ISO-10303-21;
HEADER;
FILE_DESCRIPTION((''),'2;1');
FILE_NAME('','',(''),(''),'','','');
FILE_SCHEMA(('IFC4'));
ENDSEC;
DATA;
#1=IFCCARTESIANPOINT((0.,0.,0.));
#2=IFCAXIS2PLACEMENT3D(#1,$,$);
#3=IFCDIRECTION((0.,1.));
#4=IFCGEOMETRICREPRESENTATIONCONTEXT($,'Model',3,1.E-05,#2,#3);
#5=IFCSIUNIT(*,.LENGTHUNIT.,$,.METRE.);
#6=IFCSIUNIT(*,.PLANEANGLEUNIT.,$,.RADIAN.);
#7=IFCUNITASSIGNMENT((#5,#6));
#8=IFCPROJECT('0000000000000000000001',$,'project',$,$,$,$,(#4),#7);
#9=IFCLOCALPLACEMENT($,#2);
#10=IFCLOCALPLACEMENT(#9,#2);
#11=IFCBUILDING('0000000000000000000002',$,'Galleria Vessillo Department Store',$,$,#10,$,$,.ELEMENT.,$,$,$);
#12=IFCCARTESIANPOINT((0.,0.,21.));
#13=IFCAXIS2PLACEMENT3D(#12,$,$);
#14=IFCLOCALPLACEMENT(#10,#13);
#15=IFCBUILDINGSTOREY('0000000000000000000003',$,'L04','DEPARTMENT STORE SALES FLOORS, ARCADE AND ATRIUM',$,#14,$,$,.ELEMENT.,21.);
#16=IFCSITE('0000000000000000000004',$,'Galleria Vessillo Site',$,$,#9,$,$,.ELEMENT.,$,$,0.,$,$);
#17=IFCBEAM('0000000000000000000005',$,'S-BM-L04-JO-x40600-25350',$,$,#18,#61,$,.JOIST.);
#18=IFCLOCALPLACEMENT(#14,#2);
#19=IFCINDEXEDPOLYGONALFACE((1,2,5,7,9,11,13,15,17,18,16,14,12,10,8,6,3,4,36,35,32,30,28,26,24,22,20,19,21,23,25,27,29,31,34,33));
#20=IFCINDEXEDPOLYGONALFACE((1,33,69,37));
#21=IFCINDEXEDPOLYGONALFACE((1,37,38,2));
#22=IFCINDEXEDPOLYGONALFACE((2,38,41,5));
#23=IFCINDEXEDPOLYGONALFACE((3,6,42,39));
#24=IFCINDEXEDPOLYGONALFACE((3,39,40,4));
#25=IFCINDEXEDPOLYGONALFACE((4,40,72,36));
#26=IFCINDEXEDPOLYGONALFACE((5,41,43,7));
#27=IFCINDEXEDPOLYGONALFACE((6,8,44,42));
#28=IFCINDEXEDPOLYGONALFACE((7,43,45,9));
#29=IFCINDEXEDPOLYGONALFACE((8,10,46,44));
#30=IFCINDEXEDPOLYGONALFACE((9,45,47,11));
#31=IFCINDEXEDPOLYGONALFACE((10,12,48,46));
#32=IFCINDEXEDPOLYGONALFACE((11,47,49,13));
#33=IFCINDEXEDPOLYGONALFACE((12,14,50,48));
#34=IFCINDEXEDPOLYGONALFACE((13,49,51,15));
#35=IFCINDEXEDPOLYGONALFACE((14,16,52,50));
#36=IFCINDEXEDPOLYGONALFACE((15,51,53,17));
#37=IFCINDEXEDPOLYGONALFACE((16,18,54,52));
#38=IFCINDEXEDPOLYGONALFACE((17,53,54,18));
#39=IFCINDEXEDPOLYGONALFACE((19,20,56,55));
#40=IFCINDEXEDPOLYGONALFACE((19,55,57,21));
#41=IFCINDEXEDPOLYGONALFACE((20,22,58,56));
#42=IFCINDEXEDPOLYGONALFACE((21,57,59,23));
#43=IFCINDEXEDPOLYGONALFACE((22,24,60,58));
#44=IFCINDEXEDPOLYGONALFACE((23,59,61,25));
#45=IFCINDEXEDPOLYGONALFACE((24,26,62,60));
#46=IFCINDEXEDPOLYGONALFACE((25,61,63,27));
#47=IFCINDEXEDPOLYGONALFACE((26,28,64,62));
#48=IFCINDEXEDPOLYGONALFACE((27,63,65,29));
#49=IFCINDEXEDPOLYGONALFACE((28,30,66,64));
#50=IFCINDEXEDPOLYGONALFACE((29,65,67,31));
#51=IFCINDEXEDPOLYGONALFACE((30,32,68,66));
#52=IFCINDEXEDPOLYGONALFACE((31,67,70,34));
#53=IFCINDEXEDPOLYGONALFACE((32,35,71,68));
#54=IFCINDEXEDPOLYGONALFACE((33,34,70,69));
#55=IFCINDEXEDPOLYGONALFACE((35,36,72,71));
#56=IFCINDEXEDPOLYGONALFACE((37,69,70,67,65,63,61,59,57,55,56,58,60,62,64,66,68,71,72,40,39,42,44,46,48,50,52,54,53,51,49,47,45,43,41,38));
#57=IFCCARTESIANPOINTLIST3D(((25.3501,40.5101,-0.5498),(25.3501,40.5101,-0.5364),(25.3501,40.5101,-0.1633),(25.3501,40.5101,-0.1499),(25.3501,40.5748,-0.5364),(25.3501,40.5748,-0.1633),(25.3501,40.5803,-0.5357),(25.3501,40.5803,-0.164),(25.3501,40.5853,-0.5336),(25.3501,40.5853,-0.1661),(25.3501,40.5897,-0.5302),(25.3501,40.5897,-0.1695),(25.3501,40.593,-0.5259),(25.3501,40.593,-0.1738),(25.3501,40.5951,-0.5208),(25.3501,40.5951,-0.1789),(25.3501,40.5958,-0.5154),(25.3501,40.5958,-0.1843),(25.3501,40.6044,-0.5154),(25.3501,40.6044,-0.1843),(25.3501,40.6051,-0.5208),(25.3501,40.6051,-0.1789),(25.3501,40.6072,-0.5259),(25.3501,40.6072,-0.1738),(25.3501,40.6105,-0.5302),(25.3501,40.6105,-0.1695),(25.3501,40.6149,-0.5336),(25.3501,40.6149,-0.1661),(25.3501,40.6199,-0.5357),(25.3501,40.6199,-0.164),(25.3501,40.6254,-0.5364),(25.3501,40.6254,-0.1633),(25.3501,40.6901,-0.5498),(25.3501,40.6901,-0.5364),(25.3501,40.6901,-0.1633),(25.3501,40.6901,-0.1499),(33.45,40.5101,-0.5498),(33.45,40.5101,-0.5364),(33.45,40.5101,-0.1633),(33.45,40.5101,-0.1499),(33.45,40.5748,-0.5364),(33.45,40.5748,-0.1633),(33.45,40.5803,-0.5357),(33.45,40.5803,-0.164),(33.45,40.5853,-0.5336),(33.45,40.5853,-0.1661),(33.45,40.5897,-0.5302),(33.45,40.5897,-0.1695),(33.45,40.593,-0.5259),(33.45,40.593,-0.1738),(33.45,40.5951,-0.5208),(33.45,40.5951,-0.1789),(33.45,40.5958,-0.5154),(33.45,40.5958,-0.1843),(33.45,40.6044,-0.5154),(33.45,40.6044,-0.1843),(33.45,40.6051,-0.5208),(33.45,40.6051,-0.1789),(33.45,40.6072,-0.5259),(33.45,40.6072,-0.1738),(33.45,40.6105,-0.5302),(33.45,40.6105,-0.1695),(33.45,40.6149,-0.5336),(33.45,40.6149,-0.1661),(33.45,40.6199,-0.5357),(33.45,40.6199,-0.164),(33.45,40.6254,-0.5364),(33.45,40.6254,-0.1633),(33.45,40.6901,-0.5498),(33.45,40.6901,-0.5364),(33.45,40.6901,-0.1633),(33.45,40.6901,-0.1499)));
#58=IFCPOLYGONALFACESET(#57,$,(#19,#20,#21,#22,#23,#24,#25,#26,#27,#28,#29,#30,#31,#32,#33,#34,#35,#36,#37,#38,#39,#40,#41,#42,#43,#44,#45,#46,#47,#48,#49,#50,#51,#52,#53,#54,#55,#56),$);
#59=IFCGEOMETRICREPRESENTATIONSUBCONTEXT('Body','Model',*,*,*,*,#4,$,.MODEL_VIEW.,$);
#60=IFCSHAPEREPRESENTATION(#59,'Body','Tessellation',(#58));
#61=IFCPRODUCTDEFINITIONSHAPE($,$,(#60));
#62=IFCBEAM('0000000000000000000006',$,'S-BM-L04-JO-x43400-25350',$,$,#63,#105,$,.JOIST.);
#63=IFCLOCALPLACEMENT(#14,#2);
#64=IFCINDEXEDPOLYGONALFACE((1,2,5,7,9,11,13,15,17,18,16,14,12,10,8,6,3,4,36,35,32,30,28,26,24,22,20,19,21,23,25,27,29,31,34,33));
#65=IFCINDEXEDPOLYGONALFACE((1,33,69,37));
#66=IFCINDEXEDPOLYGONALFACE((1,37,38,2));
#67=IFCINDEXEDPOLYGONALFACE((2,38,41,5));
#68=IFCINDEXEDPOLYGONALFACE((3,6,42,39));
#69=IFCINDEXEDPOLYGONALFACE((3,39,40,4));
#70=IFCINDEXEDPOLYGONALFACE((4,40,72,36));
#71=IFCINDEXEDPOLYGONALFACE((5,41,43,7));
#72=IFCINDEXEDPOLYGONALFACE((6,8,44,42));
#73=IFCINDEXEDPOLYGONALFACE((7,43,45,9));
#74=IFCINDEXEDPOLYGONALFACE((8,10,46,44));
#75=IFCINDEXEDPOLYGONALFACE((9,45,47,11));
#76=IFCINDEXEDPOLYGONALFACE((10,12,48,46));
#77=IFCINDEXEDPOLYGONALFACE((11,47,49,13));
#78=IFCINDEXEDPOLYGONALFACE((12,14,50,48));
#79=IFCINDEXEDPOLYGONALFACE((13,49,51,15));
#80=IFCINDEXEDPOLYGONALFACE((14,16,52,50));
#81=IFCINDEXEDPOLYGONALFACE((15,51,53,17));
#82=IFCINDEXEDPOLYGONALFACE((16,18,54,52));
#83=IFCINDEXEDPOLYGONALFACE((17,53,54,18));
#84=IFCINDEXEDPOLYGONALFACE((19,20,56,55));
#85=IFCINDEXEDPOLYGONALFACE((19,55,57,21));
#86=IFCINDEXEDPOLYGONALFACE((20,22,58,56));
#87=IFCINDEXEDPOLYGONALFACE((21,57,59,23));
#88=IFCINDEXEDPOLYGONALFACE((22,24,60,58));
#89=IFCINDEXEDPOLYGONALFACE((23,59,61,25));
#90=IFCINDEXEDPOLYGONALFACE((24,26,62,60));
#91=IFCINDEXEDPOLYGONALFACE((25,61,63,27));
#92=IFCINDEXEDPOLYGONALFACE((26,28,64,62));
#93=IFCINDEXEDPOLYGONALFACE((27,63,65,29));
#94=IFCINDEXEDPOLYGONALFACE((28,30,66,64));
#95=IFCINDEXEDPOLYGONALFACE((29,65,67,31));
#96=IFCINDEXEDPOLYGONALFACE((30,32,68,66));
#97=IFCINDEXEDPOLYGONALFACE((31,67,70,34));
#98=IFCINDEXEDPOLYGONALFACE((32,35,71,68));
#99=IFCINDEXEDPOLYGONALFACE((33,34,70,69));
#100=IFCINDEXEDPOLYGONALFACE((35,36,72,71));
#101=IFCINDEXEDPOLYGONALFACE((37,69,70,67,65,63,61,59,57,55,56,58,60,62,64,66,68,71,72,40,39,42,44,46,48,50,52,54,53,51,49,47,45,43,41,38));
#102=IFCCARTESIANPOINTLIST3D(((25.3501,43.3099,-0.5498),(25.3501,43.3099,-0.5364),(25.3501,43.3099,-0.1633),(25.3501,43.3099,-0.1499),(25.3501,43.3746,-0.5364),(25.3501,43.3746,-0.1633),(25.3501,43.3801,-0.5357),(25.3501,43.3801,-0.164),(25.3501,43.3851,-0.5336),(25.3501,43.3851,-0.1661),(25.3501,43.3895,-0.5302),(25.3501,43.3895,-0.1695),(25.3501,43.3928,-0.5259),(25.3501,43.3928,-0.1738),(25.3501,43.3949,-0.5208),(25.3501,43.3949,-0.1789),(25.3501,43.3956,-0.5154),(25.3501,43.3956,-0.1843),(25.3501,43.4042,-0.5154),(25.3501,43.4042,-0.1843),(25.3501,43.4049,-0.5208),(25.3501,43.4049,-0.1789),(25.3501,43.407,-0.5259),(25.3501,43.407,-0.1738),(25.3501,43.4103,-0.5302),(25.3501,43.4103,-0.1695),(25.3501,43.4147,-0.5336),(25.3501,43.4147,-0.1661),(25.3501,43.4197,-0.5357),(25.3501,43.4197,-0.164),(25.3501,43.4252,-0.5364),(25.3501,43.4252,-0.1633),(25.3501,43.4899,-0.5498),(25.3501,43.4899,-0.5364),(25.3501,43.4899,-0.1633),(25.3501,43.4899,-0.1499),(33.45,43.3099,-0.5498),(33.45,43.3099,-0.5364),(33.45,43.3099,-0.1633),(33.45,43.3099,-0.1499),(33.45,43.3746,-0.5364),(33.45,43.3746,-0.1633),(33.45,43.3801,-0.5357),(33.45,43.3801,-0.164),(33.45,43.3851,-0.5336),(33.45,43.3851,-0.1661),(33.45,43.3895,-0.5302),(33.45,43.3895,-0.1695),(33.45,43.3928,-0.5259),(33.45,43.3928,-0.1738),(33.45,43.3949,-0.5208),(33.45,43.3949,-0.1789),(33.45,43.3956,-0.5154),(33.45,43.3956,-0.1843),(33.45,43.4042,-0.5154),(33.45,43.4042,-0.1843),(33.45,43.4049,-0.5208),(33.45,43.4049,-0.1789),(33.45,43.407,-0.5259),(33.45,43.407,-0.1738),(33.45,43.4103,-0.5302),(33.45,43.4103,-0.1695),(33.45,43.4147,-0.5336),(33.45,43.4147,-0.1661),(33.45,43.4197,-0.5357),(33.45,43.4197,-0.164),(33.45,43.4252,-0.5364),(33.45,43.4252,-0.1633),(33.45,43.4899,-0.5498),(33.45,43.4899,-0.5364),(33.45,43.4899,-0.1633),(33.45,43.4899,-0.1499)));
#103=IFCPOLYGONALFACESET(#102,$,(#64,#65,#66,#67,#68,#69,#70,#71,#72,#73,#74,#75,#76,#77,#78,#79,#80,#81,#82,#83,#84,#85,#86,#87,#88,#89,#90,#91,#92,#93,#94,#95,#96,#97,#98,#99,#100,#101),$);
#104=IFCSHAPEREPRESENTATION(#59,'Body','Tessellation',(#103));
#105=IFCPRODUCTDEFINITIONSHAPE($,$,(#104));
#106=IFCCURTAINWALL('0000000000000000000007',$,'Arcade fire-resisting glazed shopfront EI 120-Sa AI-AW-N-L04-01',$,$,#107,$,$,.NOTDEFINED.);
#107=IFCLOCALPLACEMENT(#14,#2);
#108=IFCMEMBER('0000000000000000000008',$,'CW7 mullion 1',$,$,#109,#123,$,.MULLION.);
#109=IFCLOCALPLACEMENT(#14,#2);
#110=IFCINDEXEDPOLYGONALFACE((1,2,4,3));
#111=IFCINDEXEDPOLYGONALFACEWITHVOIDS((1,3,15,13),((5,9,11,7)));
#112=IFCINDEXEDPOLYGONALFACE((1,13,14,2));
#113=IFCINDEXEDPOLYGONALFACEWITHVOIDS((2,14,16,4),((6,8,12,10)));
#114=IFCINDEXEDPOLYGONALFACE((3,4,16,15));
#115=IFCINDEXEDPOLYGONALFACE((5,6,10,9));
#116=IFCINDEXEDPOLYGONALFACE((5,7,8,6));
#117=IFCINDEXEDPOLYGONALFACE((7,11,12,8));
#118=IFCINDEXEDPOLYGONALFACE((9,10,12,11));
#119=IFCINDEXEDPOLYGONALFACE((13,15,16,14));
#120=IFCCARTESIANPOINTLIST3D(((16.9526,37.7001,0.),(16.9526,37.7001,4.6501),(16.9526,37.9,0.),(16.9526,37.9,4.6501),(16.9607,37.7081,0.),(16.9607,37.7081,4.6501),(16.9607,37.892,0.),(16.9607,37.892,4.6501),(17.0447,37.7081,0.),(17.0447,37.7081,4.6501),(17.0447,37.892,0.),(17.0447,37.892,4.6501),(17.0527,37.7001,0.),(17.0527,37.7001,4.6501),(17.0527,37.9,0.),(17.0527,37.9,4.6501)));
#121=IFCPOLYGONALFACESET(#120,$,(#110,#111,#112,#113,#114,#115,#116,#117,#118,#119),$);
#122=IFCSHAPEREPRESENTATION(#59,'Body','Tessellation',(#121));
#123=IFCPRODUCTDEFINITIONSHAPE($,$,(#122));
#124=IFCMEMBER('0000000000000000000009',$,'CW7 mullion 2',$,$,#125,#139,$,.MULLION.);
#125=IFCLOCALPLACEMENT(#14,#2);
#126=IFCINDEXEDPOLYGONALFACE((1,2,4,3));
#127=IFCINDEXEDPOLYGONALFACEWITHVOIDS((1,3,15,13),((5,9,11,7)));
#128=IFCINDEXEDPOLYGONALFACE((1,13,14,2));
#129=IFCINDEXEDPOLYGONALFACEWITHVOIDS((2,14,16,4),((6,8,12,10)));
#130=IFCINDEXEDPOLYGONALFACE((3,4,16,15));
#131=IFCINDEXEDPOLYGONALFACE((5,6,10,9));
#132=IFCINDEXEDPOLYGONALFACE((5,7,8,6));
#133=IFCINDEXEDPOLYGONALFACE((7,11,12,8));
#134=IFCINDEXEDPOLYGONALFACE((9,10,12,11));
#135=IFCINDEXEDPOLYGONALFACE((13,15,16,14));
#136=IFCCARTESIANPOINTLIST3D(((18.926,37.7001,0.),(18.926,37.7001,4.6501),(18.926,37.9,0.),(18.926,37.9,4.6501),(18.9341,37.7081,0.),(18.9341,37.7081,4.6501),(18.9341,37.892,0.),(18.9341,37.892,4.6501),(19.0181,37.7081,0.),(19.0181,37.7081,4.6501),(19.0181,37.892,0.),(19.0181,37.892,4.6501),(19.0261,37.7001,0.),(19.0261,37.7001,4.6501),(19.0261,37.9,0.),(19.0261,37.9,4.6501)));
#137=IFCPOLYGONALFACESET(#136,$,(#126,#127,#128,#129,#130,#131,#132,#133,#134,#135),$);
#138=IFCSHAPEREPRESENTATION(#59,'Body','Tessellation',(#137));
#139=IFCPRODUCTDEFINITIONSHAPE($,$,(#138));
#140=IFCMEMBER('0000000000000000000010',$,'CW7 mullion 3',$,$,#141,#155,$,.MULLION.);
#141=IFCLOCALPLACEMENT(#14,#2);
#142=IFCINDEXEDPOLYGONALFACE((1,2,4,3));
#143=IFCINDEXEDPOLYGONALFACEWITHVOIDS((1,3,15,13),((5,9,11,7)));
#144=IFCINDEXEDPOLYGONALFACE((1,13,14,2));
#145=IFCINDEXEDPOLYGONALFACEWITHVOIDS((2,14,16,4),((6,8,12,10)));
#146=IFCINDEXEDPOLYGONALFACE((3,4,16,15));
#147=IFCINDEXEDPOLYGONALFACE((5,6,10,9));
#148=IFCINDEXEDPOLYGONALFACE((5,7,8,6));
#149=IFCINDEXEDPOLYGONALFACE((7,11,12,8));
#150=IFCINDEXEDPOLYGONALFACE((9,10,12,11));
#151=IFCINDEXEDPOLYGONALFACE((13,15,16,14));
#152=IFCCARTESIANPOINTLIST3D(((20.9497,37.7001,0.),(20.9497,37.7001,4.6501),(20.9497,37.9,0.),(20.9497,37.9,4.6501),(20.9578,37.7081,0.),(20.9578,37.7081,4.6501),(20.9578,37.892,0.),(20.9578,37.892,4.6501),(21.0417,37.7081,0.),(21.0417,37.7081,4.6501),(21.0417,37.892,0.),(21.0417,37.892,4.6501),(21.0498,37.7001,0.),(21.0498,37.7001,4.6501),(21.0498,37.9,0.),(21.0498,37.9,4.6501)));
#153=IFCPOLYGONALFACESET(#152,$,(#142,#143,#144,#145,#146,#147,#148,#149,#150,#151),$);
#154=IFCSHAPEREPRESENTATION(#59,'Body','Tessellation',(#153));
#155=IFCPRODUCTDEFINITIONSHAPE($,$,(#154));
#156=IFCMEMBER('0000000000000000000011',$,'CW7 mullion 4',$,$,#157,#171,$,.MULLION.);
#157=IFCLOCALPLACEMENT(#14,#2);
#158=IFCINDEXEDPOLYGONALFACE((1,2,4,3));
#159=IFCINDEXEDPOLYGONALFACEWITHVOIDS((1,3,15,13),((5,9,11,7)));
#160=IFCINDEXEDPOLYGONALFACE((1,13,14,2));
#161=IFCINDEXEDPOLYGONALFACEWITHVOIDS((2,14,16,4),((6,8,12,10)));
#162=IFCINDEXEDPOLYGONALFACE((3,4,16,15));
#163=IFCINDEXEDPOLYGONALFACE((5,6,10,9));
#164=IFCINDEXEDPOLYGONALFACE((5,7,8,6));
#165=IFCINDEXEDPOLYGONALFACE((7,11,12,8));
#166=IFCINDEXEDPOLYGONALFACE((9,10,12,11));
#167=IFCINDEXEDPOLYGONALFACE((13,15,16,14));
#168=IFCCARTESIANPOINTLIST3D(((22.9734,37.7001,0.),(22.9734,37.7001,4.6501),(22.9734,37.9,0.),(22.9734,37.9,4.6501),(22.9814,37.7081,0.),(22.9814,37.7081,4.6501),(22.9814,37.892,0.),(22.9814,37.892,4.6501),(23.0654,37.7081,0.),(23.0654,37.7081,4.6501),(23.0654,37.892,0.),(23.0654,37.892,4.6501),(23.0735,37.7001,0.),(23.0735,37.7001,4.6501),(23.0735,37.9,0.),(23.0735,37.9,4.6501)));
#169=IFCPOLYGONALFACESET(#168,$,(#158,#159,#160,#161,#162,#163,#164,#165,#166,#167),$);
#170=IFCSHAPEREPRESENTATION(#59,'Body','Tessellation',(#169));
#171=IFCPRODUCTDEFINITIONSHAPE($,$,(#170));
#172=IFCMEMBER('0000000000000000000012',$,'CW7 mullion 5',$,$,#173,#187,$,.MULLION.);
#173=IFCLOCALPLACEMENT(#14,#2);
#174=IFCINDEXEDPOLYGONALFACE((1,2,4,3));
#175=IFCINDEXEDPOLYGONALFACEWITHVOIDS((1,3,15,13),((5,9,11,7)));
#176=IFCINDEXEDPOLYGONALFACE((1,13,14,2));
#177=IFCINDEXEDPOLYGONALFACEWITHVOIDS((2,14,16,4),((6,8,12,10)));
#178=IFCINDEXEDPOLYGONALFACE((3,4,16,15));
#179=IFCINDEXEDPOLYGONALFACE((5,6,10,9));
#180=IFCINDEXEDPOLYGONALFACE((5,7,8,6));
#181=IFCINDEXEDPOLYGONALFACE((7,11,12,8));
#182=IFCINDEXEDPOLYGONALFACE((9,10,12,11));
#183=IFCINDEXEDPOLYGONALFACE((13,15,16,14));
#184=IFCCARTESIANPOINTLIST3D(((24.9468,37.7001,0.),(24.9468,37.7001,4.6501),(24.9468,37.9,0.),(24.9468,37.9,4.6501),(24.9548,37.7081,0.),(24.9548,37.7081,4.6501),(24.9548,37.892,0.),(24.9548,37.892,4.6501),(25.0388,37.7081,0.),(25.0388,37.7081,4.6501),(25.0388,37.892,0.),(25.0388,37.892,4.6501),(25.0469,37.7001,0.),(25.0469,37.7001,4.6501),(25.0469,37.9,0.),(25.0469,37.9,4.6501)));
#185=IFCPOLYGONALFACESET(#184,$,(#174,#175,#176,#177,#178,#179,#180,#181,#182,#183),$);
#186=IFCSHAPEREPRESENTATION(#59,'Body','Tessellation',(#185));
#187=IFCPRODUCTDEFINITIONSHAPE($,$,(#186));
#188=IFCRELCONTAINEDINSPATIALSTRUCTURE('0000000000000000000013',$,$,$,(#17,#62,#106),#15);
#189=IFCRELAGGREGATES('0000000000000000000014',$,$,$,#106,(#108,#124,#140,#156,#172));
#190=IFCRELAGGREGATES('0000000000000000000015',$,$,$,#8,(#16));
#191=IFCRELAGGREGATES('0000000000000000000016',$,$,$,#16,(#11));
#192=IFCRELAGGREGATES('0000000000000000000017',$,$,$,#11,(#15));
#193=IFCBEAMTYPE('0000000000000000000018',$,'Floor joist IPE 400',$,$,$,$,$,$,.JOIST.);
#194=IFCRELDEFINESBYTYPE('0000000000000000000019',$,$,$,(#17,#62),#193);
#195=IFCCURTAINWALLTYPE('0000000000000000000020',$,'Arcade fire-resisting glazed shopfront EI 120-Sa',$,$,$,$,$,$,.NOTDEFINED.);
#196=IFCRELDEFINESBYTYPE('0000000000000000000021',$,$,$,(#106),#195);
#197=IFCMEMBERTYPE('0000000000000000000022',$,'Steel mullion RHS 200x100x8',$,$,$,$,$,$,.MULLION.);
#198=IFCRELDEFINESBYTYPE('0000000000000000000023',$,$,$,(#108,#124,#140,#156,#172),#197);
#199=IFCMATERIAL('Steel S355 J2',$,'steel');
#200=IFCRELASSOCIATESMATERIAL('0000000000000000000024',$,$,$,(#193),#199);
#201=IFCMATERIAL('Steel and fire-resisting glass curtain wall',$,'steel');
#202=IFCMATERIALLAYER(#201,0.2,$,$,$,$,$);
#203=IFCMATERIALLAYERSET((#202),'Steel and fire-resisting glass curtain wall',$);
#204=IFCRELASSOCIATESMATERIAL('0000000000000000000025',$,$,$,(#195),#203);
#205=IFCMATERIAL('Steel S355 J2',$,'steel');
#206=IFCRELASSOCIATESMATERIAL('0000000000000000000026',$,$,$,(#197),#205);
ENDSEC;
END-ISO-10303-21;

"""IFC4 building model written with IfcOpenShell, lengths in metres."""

from ifc_helpers import new_model, si_unit, direction, frame, origin, origin_2d, place, context, subcontext, project, spatial, hollow_rectangle, i_section, extrude, material, layer, layer_set, material_profile, profile_set, type_object, element, aggregate, save


model = new_model("IFC4")

# Units and contexts
model_context = context("Model", 3, precision=1e-05, world=origin(), true_north=direction((0.0, 1.0)))
body_context = subcontext(model_context, "Body", "Model", "MODEL_VIEW")
ifc_project = project(units=[si_unit("LENGTHUNIT", "METRE"), si_unit("PLANEANGLEUNIT", "RADIAN")], contexts=[model_context])

# Site, building, storey
site_placement = place(None, origin())
site = spatial("IfcSite", under=ifc_project, at=site_placement, Name="Galleria Vessillo Site", CompositionType="ELEMENT", RefElevation=0.0)
building_placement = place(site_placement, origin())
building = spatial("IfcBuilding", under=site, at=building_placement, Name="Galleria Vessillo Department Store", CompositionType="ELEMENT")
storey_placement = place(building_placement, frame((0.0, 0.0, 21.0)))
storey = spatial("IfcBuildingStorey", under=building, at=storey_placement, Name="L04", Description="DEPARTMENT STORE SALES FLOORS, ARCADE AND ATRIUM", CompositionType="ELEMENT", Elevation=21.0)

# Beams
ifc_material_1 = material(Name="Steel S355 J2", Category="steel")
ifc_material_profile_1 = material_profile(ifc_material_1, i_section(OverallWidth=0.1799, OverallDepth=0.3999, WebThickness=0.0085, FlangeThickness=0.0134, FilletRadius=0.021, at=origin_2d()), Name="IPE 400")
ifc_profile_set_1 = profile_set([ifc_material_profile_1], Name="Steel S355 J2")
beam_type_1 = type_object("IfcBeamType", Name="Floor joist IPE 400", PredefinedType="JOIST", material=ifc_profile_set_1)
for number, where, z_axis, x_axis, name in (
    (1, (25.3501, 40.6001, -0.3499), (1.0, 0.0, 0.0), (0.0, 1.0, 0.0), "S-BM-L04-JO-x40600-25350"),
    (2, (25.3501, 43.3999, -0.3499), (1.0, 0.0, 0.0), (0.0, 1.0, 0.0), "S-BM-L04-JO-x43400-25350"),
):
    element("IfcBeam", number, at=place(storey_placement, frame(where, z_axis=z_axis, x_axis=x_axis)), inside=storey, type_object=beam_type_1, Name=name, PredefinedType="JOIST", context=body_context, shape_type="SweptSolid", body=[
        extrude(i_section(OverallWidth=0.1799, OverallDepth=0.3999, WebThickness=0.0085, FlangeThickness=0.0134, FilletRadius=0.021, at=origin_2d()), origin(), (0.0, 0.0, 1.0), 8.0999),
    ])

# Curtain wall, members
ifc_material_2 = material(Name="Steel and fire-resisting glass curtain wall", Category="steel")
ifc_layer_1 = layer(ifc_material_2, 0.2)
ifc_layer_set_1 = layer_set([ifc_layer_1], Name="Steel and fire-resisting glass curtain wall")
curtain_wall_type = type_object("IfcCurtainWallType", Name="Arcade fire-resisting glazed shopfront EI 120-Sa", PredefinedType="NOTDEFINED", material=ifc_layer_set_1)
curtain_wall_placement = place(storey_placement, origin())
curtain_wall = element("IfcCurtainWall", 3, at=curtain_wall_placement, inside=storey, type_object=curtain_wall_type, Name="Arcade fire-resisting glazed shopfront EI 120-Sa AI-AW-N-L04-01", PredefinedType="NOTDEFINED")
ifc_material_3 = material(Name="Steel S355 J2", Category="steel")
ifc_material_profile_2 = material_profile(ifc_material_3, hollow_rectangle(XDim=0.2, YDim=0.1001, WallThickness=0.0081, at=origin_2d()), Name="RHS 200x100x8")
ifc_profile_set_2 = profile_set([ifc_material_profile_2], Name="Steel S355 J2")
member_type_1 = type_object("IfcMemberType", Name="Steel mullion RHS 200x100x8", PredefinedType="MULLION", material=ifc_profile_set_2)
member_1_placement = place(storey_placement, frame((17.0027, 37.8, 0.0), z_axis=(0.0, 0.0, 1.0), x_axis=(0.0, 1.0, 0.0)))
member_1 = element("IfcMember", 4, at=member_1_placement, type_object=member_type_1, Name="CW7 mullion 1", PredefinedType="MULLION", context=body_context, shape_type="SweptSolid", body=[
    extrude(hollow_rectangle(XDim=0.2, YDim=0.1001, WallThickness=0.0081, at=origin_2d()), origin(), (0.0, 0.0, 1.0), 4.6501),
])
member_2_placement = place(storey_placement, frame((18.9761, 37.8, 0.0), z_axis=(0.0, 0.0, 1.0), x_axis=(0.0, 1.0, 0.0)))
member_2 = element("IfcMember", 5, at=member_2_placement, type_object=member_type_1, Name="CW7 mullion 2", PredefinedType="MULLION", context=body_context, shape_type="SweptSolid", body=[
    extrude(hollow_rectangle(XDim=0.2, YDim=0.1001, WallThickness=0.0081, at=origin_2d()), origin(), (0.0, 0.0, 1.0), 4.6501),
])
member_3_placement = place(storey_placement, frame((20.9998, 37.8, 0.0), z_axis=(0.0, 0.0, 1.0), x_axis=(0.0, 1.0, 0.0)))
member_3 = element("IfcMember", 6, at=member_3_placement, type_object=member_type_1, Name="CW7 mullion 3", PredefinedType="MULLION", context=body_context, shape_type="SweptSolid", body=[
    extrude(hollow_rectangle(XDim=0.2, YDim=0.1001, WallThickness=0.0081, at=origin_2d()), origin(), (0.0, 0.0, 1.0), 4.6501),
])
member_4_placement = place(storey_placement, frame((23.0234, 37.8, 0.0), z_axis=(0.0, 0.0, 1.0), x_axis=(0.0, 1.0, 0.0)))
member_4 = element("IfcMember", 7, at=member_4_placement, type_object=member_type_1, Name="CW7 mullion 4", PredefinedType="MULLION", context=body_context, shape_type="SweptSolid", body=[
    extrude(hollow_rectangle(XDim=0.2, YDim=0.1001, WallThickness=0.0081, at=origin_2d()), origin(), (0.0, 0.0, 1.0), 4.6501),
])
member_5_placement = place(storey_placement, frame((24.9968, 37.8, 0.0), z_axis=(0.0, 0.0, 1.0), x_axis=(0.0, 1.0, 0.0)))
member_5 = element("IfcMember", 8, at=member_5_placement, type_object=member_type_1, Name="CW7 mullion 5", PredefinedType="MULLION", context=body_context, shape_type="SweptSolid", body=[
    extrude(hollow_rectangle(XDim=0.2, YDim=0.1001, WallThickness=0.0081, at=origin_2d()), origin(), (0.0, 0.0, 1.0), 4.6501),
])

aggregate(curtain_wall, [member_1, member_2, member_3, member_4, member_5])

save(model, "model.ifc")
